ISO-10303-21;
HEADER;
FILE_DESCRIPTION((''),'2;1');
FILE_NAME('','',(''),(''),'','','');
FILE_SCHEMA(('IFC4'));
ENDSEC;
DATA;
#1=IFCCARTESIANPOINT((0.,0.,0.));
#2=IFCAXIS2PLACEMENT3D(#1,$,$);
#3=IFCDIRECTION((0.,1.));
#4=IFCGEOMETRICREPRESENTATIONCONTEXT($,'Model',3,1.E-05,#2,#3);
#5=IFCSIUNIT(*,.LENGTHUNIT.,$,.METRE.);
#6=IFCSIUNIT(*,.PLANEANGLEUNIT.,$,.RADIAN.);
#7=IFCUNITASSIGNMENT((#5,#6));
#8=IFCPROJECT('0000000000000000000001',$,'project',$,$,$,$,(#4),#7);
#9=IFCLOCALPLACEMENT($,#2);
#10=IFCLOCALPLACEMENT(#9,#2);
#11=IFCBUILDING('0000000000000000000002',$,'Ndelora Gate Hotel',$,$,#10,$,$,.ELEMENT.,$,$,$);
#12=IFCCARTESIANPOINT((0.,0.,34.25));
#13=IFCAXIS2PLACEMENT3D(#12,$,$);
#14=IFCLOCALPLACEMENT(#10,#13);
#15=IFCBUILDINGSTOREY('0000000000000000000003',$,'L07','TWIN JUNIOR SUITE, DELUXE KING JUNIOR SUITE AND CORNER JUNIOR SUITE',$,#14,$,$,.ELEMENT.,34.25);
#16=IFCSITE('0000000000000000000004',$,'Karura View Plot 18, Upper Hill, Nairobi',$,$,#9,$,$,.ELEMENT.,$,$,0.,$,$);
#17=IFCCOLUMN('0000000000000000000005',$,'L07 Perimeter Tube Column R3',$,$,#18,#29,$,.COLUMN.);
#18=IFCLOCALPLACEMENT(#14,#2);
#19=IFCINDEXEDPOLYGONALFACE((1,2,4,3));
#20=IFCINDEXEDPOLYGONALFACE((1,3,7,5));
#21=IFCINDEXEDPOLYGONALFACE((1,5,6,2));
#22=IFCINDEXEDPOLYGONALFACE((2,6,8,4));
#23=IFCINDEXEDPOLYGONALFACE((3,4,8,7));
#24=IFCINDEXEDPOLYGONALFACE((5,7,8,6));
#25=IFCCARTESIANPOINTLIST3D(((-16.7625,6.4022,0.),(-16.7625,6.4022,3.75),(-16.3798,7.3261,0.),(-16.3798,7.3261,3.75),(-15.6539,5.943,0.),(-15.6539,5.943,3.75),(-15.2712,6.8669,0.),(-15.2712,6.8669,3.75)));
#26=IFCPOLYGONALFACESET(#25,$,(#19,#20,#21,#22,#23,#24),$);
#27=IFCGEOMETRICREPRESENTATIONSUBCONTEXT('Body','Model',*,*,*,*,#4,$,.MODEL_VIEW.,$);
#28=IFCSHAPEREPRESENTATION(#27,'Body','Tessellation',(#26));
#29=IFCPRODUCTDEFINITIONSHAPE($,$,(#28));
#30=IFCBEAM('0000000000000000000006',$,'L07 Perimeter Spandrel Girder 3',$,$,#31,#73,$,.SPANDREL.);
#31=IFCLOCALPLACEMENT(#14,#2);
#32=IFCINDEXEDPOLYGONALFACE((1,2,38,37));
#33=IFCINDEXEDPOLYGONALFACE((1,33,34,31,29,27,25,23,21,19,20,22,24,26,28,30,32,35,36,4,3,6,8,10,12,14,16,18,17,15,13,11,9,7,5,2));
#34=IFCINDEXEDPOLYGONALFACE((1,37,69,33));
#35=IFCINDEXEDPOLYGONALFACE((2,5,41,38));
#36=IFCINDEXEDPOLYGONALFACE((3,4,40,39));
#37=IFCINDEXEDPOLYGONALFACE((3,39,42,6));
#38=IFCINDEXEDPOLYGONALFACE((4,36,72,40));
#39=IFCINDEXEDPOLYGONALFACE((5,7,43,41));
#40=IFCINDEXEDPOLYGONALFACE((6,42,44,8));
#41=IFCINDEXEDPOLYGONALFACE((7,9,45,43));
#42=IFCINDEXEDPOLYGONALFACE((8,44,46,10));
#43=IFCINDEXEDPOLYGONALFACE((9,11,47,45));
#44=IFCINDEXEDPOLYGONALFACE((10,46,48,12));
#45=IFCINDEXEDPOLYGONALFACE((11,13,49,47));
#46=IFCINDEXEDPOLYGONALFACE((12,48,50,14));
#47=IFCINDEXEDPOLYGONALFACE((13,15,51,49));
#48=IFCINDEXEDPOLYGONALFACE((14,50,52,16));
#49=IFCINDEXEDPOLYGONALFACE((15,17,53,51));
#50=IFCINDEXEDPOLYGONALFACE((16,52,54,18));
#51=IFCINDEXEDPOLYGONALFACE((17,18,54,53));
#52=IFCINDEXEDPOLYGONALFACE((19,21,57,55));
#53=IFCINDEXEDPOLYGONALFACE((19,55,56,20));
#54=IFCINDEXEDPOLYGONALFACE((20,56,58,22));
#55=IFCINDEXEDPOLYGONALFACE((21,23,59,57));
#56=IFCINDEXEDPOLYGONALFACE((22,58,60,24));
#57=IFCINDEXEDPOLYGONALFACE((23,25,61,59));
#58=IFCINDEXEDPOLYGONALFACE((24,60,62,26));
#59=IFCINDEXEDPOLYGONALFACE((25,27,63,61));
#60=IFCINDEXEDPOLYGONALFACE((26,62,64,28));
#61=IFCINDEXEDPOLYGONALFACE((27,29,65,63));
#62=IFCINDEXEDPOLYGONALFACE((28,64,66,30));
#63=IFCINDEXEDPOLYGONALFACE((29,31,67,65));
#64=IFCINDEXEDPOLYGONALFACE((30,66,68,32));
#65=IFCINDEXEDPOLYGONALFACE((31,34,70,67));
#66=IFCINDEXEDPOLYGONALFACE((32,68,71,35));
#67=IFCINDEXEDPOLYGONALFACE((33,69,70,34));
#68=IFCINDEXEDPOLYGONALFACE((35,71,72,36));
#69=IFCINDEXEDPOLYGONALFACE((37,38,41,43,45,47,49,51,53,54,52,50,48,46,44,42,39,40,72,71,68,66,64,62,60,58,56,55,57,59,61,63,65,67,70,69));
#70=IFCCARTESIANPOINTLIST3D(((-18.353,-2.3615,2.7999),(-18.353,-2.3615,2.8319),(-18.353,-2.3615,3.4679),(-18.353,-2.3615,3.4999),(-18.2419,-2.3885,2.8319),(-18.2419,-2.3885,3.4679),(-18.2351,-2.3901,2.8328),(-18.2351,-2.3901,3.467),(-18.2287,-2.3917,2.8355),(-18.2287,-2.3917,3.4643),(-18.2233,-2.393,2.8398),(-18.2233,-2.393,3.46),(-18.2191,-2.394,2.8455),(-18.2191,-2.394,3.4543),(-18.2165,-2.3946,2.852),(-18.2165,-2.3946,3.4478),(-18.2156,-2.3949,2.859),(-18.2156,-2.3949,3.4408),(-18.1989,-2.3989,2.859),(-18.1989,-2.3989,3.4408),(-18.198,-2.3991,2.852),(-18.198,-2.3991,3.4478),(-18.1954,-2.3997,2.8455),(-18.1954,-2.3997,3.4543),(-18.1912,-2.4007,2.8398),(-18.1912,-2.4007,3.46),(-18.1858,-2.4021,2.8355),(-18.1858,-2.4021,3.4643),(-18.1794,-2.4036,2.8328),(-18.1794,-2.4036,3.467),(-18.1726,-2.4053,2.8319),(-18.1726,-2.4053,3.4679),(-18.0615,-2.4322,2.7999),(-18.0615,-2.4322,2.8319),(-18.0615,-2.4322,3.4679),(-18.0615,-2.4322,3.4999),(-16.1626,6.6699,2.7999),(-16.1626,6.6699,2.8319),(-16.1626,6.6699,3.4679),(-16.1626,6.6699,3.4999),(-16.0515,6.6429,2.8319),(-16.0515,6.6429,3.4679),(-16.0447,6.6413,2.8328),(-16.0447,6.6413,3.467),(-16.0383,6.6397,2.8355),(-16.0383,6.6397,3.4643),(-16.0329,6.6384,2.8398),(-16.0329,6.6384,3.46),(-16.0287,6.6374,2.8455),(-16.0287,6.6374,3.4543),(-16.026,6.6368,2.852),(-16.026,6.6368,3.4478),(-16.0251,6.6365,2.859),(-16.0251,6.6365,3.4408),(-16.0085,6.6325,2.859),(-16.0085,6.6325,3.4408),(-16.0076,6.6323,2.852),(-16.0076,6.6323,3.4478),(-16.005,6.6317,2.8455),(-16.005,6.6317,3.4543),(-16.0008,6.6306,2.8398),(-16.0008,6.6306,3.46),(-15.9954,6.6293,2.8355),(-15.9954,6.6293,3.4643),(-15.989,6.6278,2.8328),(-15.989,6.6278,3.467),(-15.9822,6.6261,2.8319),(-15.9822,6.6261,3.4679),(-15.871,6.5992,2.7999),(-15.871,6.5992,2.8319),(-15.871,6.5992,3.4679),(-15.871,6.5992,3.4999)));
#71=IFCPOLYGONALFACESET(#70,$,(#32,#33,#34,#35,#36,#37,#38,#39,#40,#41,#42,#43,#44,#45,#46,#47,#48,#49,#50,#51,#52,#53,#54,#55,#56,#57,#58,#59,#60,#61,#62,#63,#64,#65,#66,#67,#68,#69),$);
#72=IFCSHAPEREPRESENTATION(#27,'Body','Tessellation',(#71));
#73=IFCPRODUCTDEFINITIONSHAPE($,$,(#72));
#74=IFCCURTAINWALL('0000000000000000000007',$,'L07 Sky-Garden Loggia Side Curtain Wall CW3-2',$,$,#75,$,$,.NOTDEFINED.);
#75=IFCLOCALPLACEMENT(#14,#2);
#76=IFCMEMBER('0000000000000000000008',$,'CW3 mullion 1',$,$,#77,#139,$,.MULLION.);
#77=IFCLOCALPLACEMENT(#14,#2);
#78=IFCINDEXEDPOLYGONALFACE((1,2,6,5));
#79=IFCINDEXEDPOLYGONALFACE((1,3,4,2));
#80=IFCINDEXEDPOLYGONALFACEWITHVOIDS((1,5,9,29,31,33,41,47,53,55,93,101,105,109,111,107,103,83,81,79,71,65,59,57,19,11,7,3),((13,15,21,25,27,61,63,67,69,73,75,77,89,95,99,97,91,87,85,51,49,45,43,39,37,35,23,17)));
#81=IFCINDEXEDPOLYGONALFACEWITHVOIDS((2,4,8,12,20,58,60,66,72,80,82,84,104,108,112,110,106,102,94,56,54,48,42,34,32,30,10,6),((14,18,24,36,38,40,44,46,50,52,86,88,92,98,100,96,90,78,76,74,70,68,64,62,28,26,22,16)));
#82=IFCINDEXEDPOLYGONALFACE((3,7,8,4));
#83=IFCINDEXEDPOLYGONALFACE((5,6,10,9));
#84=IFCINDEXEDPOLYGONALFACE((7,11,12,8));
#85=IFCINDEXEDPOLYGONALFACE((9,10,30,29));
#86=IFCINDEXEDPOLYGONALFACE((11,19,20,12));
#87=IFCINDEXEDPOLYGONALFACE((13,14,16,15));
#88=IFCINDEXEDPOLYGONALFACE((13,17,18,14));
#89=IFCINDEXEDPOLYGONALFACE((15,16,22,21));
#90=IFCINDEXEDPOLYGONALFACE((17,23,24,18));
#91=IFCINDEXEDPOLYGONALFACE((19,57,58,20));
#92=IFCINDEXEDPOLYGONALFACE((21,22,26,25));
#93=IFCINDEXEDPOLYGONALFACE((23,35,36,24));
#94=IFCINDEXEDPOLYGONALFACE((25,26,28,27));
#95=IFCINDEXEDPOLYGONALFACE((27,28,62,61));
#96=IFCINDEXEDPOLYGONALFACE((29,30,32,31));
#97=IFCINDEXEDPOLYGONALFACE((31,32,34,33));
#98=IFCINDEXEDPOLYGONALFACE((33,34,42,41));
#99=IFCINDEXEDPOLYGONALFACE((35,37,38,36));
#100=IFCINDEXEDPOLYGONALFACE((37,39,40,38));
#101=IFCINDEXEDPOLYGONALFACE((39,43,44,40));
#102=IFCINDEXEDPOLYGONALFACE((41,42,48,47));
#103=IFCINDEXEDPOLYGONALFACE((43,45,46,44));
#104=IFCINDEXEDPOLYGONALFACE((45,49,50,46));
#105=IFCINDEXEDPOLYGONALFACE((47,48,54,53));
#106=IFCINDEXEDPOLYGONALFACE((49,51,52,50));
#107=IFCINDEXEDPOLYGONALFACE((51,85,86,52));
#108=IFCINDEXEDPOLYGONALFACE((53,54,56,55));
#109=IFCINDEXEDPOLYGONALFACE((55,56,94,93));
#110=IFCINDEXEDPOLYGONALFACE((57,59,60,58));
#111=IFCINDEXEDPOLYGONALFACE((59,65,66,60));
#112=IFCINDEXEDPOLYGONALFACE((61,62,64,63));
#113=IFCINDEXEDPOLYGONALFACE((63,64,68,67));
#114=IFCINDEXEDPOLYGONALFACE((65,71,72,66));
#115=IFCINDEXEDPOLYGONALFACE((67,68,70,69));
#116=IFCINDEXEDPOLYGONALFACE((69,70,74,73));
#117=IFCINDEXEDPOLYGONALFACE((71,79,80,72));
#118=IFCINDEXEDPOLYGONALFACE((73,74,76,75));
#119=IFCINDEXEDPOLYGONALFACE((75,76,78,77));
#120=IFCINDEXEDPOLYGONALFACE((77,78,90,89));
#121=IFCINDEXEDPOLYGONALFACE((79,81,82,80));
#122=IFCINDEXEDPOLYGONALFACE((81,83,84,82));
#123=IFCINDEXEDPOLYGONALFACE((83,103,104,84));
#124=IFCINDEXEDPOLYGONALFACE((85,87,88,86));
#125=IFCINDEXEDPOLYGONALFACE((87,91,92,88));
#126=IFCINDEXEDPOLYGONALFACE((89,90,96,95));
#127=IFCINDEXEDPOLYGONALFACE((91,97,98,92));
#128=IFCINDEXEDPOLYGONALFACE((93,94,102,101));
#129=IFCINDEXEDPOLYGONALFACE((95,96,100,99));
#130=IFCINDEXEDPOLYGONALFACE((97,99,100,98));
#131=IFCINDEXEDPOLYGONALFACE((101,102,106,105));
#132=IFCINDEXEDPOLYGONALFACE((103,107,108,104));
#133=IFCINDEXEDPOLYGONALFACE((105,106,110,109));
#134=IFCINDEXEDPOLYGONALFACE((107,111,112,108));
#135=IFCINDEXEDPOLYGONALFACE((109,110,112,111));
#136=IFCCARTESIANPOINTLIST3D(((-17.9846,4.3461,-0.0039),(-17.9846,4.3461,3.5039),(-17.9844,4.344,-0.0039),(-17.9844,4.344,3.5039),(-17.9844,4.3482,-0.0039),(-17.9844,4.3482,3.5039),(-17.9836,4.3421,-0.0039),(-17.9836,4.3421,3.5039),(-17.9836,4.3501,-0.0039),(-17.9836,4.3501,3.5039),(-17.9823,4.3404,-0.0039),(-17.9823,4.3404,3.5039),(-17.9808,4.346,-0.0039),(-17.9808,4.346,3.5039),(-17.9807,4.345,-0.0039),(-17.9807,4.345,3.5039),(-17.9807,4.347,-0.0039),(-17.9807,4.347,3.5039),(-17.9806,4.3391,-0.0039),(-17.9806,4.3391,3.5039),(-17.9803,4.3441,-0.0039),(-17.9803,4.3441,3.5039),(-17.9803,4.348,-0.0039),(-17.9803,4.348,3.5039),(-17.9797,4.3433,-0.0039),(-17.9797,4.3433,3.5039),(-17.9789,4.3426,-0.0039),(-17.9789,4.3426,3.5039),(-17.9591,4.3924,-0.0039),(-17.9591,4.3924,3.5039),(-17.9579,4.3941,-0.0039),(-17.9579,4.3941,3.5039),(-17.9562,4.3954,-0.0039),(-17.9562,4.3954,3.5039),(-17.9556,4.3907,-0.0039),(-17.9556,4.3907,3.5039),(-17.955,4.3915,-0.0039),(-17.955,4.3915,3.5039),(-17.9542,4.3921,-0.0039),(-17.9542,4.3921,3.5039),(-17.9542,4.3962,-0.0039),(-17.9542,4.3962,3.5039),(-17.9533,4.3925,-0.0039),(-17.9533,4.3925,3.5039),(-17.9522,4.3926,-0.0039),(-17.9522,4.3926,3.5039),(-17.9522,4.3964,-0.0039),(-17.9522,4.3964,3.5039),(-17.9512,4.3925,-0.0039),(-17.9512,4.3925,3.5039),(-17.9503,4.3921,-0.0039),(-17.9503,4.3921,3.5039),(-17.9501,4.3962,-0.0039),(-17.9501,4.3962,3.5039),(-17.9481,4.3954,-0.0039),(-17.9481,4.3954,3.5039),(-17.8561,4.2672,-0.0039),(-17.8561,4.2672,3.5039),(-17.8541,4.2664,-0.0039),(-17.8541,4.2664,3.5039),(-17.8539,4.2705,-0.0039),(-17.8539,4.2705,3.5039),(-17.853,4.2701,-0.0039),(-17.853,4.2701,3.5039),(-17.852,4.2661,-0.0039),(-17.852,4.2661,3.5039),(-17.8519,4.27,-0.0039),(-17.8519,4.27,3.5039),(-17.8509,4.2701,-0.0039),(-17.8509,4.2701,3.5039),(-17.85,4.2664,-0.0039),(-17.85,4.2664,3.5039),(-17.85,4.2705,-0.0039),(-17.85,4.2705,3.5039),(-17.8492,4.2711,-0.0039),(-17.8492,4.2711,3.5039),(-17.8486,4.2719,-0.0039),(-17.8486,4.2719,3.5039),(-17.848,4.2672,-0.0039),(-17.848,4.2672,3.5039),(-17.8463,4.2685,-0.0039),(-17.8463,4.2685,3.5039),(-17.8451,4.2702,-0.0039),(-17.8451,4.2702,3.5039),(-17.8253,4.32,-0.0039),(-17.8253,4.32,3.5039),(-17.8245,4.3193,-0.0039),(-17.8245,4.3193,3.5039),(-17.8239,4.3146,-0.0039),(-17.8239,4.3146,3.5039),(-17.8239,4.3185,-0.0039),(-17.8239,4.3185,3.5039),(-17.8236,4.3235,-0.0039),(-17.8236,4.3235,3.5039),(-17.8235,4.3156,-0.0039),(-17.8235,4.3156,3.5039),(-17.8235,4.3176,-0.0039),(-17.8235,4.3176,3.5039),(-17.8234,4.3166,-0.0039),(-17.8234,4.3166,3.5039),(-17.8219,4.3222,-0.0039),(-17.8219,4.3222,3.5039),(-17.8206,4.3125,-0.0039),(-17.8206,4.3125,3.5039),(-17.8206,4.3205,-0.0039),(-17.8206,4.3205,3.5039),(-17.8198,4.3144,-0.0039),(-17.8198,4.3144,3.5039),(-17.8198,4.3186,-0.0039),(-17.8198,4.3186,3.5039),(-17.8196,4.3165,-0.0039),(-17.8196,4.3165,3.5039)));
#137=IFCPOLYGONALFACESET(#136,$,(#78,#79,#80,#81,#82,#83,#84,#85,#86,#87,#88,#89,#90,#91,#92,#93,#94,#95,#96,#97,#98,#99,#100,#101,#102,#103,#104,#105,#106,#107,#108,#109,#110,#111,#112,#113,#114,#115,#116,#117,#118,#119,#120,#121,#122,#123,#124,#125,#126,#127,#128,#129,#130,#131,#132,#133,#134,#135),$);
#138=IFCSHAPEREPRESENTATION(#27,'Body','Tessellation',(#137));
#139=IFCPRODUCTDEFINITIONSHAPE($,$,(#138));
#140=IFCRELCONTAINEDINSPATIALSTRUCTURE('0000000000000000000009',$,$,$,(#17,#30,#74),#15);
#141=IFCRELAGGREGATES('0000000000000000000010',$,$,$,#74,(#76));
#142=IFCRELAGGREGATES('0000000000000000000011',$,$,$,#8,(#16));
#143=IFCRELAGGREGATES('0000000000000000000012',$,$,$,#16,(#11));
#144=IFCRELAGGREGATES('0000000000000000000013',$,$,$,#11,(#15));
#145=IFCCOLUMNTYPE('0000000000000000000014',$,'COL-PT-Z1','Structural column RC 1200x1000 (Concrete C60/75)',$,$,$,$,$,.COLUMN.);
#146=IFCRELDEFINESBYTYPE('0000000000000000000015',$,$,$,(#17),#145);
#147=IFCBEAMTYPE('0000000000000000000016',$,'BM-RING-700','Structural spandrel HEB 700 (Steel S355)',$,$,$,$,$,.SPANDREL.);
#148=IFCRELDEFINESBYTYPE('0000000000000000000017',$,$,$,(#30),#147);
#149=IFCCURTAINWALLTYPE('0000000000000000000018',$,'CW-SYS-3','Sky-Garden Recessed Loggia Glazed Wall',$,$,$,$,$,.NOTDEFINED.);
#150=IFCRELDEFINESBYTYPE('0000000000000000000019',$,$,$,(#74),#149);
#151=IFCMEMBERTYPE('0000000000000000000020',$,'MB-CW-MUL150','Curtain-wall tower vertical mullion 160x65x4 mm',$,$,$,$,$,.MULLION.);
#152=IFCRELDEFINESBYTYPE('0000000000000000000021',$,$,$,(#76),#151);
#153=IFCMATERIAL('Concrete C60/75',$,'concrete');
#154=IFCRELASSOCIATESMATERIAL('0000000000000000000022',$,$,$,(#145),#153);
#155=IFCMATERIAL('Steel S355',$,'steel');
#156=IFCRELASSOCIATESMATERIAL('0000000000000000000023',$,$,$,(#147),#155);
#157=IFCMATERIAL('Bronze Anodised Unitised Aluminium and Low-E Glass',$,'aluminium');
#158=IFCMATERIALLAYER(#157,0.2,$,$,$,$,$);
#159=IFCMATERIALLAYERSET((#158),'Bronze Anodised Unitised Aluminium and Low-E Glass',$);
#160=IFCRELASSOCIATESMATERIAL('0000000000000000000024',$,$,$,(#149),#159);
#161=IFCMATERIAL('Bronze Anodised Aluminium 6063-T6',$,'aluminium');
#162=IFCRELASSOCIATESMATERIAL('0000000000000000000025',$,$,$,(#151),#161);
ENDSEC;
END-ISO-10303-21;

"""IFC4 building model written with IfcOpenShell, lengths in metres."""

from ifc_helpers import new_model, si_unit, direction, frame, origin, origin_2d, place, context, subcontext, project, spatial, rectangle, hollow_rectangle, i_section, extrude, material, layer, layer_set, material_profile, profile_set, type_object, element, aggregate, save


model = new_model("IFC4")

# Units and contexts
model_context = context("Model", 3, precision=1e-05, world=origin(), true_north=direction((0.0, 1.0)))
body_context = subcontext(model_context, "Body", "Model", "MODEL_VIEW")
ifc_project = project(units=[si_unit("LENGTHUNIT", "METRE"), si_unit("PLANEANGLEUNIT", "RADIAN")], contexts=[model_context])

# Site, building, storey
site_placement = place(None, origin())
site = spatial("IfcSite", under=ifc_project, at=site_placement, Name="Karura View Plot 18, Upper Hill, Nairobi", CompositionType="ELEMENT", RefElevation=0.0)
building_placement = place(site_placement, origin())
building = spatial("IfcBuilding", under=site, at=building_placement, Name="Ndelora Gate Hotel", CompositionType="ELEMENT")
storey_placement = place(building_placement, frame((0.0, 0.0, 34.25)))
storey = spatial("IfcBuildingStorey", under=building, at=storey_placement, Name="L07", Description="TWIN JUNIOR SUITE, DELUXE KING JUNIOR SUITE AND CORNER JUNIOR SUITE", CompositionType="ELEMENT", Elevation=34.25)

# Column
ifc_material_1 = material(Name="Concrete C60/75", Category="concrete")
ifc_material_profile_1 = material_profile(ifc_material_1, rectangle(XDim=1.0, YDim=1.2, at=origin_2d()), Name="RC 1200x1000")
ifc_profile_set_1 = profile_set([ifc_material_profile_1], Name="Concrete C60/75")
column_type = type_object("IfcColumnType", Name="COL-PT-Z1", Description="Structural column RC 1200x1000 (Concrete C60/75)", PredefinedType="COLUMN", material=ifc_profile_set_1)
column_placement = place(storey_placement, frame((-16.0168, 6.6345, 0.0), z_axis=(0.0, 0.0, 1.0), x_axis=(0.382683, 0.92388, 0.0)))
element("IfcColumn", 1, at=column_placement, inside=storey, type_object=column_type, Name="L07 Perimeter Tube Column R3", PredefinedType="COLUMN", context=body_context, shape_type="SweptSolid", body=[
    extrude(rectangle(XDim=1.0, YDim=1.2, at=origin_2d()), origin(), (0.0, 0.0, 1.0), 3.75),
])

# Beam
ifc_material_2 = material(Name="Steel S355", Category="steel")
ifc_material_profile_2 = material_profile(ifc_material_2, i_section(OverallWidth=0.3, OverallDepth=0.7, WebThickness=0.0171, FlangeThickness=0.032, FilletRadius=0.0271, at=origin_2d()), Name="HEB 700")
ifc_profile_set_2 = profile_set([ifc_material_profile_2], Name="Steel S355")
beam_type = type_object("IfcBeamType", Name="BM-RING-700", Description="Structural spandrel HEB 700 (Steel S355)", PredefinedType="SPANDREL", material=ifc_profile_set_2)
beam_placement = place(storey_placement, frame((-16.0168, 6.6345, 3.1499), z_axis=(-0.235699, -0.971826, 0.0), x_axis=(0.971826, -0.235699, 0.0)))
element("IfcBeam", 2, at=beam_placement, inside=storey, type_object=beam_type, Name="L07 Perimeter Spandrel Girder 3", PredefinedType="SPANDREL", context=body_context, shape_type="SweptSolid", body=[
    extrude(i_section(OverallWidth=0.3, OverallDepth=0.7, WebThickness=0.0171, FlangeThickness=0.032, FilletRadius=0.0271, at=origin_2d()), origin(), (0.0, 0.0, 1.0), 9.2932),
])

# Curtain wall, member
ifc_material_3 = material(Name="Bronze Anodised Unitised Aluminium and Low-E Glass", Category="aluminium")
ifc_layer_1 = layer(ifc_material_3, 0.2)
ifc_layer_set_1 = layer_set([ifc_layer_1], Name="Bronze Anodised Unitised Aluminium and Low-E Glass")
curtain_wall_type = type_object("IfcCurtainWallType", Name="CW-SYS-3", Description="Sky-Garden Recessed Loggia Glazed Wall", PredefinedType="NOTDEFINED", material=ifc_layer_set_1)
curtain_wall_placement = place(storey_placement, origin())
curtain_wall = element("IfcCurtainWall", 3, at=curtain_wall_placement, inside=storey, type_object=curtain_wall_type, Name="L07 Sky-Garden Loggia Side Curtain Wall CW3-2", PredefinedType="NOTDEFINED")
ifc_material_4 = material(Name="Bronze Anodised Aluminium 6063-T6", Category="aluminium")
ifc_material_profile_3 = material_profile(ifc_material_4, hollow_rectangle(XDim=0.0649, YDim=0.1599, WallThickness=0.0039, InnerFilletRadius=0.0039, OuterFilletRadius=0.0081, at=origin_2d()), Name="ALU 160x65x4")
ifc_profile_set_3 = profile_set([ifc_material_profile_3], Name="Bronze Anodised Aluminium 6063-T6")
member_type_1 = type_object("IfcMemberType", Name="MB-CW-MUL150", Description="Curtain-wall tower vertical mullion 160x65x4 mm", PredefinedType="MULLION", material=ifc_profile_set_3)
member_1_placement = place(storey_placement, frame((-17.9021, 4.3313, -0.0039), z_axis=(0.0, 0.0, 1.0), x_axis=(0.499991, 0.86603, 0.0)))
member_1 = element("IfcMember", 4, at=member_1_placement, type_object=member_type_1, Name="CW3 mullion 1", PredefinedType="MULLION", context=body_context, shape_type="SweptSolid", body=[
    extrude(hollow_rectangle(XDim=0.0649, YDim=0.1599, WallThickness=0.0039, InnerFilletRadius=0.0039, OuterFilletRadius=0.0081, at=origin_2d()), origin(), (0.0, 0.0, 1.0), 3.5078),
])
aggregate(curtain_wall, [member_1])

save(model, "model.ifc")
